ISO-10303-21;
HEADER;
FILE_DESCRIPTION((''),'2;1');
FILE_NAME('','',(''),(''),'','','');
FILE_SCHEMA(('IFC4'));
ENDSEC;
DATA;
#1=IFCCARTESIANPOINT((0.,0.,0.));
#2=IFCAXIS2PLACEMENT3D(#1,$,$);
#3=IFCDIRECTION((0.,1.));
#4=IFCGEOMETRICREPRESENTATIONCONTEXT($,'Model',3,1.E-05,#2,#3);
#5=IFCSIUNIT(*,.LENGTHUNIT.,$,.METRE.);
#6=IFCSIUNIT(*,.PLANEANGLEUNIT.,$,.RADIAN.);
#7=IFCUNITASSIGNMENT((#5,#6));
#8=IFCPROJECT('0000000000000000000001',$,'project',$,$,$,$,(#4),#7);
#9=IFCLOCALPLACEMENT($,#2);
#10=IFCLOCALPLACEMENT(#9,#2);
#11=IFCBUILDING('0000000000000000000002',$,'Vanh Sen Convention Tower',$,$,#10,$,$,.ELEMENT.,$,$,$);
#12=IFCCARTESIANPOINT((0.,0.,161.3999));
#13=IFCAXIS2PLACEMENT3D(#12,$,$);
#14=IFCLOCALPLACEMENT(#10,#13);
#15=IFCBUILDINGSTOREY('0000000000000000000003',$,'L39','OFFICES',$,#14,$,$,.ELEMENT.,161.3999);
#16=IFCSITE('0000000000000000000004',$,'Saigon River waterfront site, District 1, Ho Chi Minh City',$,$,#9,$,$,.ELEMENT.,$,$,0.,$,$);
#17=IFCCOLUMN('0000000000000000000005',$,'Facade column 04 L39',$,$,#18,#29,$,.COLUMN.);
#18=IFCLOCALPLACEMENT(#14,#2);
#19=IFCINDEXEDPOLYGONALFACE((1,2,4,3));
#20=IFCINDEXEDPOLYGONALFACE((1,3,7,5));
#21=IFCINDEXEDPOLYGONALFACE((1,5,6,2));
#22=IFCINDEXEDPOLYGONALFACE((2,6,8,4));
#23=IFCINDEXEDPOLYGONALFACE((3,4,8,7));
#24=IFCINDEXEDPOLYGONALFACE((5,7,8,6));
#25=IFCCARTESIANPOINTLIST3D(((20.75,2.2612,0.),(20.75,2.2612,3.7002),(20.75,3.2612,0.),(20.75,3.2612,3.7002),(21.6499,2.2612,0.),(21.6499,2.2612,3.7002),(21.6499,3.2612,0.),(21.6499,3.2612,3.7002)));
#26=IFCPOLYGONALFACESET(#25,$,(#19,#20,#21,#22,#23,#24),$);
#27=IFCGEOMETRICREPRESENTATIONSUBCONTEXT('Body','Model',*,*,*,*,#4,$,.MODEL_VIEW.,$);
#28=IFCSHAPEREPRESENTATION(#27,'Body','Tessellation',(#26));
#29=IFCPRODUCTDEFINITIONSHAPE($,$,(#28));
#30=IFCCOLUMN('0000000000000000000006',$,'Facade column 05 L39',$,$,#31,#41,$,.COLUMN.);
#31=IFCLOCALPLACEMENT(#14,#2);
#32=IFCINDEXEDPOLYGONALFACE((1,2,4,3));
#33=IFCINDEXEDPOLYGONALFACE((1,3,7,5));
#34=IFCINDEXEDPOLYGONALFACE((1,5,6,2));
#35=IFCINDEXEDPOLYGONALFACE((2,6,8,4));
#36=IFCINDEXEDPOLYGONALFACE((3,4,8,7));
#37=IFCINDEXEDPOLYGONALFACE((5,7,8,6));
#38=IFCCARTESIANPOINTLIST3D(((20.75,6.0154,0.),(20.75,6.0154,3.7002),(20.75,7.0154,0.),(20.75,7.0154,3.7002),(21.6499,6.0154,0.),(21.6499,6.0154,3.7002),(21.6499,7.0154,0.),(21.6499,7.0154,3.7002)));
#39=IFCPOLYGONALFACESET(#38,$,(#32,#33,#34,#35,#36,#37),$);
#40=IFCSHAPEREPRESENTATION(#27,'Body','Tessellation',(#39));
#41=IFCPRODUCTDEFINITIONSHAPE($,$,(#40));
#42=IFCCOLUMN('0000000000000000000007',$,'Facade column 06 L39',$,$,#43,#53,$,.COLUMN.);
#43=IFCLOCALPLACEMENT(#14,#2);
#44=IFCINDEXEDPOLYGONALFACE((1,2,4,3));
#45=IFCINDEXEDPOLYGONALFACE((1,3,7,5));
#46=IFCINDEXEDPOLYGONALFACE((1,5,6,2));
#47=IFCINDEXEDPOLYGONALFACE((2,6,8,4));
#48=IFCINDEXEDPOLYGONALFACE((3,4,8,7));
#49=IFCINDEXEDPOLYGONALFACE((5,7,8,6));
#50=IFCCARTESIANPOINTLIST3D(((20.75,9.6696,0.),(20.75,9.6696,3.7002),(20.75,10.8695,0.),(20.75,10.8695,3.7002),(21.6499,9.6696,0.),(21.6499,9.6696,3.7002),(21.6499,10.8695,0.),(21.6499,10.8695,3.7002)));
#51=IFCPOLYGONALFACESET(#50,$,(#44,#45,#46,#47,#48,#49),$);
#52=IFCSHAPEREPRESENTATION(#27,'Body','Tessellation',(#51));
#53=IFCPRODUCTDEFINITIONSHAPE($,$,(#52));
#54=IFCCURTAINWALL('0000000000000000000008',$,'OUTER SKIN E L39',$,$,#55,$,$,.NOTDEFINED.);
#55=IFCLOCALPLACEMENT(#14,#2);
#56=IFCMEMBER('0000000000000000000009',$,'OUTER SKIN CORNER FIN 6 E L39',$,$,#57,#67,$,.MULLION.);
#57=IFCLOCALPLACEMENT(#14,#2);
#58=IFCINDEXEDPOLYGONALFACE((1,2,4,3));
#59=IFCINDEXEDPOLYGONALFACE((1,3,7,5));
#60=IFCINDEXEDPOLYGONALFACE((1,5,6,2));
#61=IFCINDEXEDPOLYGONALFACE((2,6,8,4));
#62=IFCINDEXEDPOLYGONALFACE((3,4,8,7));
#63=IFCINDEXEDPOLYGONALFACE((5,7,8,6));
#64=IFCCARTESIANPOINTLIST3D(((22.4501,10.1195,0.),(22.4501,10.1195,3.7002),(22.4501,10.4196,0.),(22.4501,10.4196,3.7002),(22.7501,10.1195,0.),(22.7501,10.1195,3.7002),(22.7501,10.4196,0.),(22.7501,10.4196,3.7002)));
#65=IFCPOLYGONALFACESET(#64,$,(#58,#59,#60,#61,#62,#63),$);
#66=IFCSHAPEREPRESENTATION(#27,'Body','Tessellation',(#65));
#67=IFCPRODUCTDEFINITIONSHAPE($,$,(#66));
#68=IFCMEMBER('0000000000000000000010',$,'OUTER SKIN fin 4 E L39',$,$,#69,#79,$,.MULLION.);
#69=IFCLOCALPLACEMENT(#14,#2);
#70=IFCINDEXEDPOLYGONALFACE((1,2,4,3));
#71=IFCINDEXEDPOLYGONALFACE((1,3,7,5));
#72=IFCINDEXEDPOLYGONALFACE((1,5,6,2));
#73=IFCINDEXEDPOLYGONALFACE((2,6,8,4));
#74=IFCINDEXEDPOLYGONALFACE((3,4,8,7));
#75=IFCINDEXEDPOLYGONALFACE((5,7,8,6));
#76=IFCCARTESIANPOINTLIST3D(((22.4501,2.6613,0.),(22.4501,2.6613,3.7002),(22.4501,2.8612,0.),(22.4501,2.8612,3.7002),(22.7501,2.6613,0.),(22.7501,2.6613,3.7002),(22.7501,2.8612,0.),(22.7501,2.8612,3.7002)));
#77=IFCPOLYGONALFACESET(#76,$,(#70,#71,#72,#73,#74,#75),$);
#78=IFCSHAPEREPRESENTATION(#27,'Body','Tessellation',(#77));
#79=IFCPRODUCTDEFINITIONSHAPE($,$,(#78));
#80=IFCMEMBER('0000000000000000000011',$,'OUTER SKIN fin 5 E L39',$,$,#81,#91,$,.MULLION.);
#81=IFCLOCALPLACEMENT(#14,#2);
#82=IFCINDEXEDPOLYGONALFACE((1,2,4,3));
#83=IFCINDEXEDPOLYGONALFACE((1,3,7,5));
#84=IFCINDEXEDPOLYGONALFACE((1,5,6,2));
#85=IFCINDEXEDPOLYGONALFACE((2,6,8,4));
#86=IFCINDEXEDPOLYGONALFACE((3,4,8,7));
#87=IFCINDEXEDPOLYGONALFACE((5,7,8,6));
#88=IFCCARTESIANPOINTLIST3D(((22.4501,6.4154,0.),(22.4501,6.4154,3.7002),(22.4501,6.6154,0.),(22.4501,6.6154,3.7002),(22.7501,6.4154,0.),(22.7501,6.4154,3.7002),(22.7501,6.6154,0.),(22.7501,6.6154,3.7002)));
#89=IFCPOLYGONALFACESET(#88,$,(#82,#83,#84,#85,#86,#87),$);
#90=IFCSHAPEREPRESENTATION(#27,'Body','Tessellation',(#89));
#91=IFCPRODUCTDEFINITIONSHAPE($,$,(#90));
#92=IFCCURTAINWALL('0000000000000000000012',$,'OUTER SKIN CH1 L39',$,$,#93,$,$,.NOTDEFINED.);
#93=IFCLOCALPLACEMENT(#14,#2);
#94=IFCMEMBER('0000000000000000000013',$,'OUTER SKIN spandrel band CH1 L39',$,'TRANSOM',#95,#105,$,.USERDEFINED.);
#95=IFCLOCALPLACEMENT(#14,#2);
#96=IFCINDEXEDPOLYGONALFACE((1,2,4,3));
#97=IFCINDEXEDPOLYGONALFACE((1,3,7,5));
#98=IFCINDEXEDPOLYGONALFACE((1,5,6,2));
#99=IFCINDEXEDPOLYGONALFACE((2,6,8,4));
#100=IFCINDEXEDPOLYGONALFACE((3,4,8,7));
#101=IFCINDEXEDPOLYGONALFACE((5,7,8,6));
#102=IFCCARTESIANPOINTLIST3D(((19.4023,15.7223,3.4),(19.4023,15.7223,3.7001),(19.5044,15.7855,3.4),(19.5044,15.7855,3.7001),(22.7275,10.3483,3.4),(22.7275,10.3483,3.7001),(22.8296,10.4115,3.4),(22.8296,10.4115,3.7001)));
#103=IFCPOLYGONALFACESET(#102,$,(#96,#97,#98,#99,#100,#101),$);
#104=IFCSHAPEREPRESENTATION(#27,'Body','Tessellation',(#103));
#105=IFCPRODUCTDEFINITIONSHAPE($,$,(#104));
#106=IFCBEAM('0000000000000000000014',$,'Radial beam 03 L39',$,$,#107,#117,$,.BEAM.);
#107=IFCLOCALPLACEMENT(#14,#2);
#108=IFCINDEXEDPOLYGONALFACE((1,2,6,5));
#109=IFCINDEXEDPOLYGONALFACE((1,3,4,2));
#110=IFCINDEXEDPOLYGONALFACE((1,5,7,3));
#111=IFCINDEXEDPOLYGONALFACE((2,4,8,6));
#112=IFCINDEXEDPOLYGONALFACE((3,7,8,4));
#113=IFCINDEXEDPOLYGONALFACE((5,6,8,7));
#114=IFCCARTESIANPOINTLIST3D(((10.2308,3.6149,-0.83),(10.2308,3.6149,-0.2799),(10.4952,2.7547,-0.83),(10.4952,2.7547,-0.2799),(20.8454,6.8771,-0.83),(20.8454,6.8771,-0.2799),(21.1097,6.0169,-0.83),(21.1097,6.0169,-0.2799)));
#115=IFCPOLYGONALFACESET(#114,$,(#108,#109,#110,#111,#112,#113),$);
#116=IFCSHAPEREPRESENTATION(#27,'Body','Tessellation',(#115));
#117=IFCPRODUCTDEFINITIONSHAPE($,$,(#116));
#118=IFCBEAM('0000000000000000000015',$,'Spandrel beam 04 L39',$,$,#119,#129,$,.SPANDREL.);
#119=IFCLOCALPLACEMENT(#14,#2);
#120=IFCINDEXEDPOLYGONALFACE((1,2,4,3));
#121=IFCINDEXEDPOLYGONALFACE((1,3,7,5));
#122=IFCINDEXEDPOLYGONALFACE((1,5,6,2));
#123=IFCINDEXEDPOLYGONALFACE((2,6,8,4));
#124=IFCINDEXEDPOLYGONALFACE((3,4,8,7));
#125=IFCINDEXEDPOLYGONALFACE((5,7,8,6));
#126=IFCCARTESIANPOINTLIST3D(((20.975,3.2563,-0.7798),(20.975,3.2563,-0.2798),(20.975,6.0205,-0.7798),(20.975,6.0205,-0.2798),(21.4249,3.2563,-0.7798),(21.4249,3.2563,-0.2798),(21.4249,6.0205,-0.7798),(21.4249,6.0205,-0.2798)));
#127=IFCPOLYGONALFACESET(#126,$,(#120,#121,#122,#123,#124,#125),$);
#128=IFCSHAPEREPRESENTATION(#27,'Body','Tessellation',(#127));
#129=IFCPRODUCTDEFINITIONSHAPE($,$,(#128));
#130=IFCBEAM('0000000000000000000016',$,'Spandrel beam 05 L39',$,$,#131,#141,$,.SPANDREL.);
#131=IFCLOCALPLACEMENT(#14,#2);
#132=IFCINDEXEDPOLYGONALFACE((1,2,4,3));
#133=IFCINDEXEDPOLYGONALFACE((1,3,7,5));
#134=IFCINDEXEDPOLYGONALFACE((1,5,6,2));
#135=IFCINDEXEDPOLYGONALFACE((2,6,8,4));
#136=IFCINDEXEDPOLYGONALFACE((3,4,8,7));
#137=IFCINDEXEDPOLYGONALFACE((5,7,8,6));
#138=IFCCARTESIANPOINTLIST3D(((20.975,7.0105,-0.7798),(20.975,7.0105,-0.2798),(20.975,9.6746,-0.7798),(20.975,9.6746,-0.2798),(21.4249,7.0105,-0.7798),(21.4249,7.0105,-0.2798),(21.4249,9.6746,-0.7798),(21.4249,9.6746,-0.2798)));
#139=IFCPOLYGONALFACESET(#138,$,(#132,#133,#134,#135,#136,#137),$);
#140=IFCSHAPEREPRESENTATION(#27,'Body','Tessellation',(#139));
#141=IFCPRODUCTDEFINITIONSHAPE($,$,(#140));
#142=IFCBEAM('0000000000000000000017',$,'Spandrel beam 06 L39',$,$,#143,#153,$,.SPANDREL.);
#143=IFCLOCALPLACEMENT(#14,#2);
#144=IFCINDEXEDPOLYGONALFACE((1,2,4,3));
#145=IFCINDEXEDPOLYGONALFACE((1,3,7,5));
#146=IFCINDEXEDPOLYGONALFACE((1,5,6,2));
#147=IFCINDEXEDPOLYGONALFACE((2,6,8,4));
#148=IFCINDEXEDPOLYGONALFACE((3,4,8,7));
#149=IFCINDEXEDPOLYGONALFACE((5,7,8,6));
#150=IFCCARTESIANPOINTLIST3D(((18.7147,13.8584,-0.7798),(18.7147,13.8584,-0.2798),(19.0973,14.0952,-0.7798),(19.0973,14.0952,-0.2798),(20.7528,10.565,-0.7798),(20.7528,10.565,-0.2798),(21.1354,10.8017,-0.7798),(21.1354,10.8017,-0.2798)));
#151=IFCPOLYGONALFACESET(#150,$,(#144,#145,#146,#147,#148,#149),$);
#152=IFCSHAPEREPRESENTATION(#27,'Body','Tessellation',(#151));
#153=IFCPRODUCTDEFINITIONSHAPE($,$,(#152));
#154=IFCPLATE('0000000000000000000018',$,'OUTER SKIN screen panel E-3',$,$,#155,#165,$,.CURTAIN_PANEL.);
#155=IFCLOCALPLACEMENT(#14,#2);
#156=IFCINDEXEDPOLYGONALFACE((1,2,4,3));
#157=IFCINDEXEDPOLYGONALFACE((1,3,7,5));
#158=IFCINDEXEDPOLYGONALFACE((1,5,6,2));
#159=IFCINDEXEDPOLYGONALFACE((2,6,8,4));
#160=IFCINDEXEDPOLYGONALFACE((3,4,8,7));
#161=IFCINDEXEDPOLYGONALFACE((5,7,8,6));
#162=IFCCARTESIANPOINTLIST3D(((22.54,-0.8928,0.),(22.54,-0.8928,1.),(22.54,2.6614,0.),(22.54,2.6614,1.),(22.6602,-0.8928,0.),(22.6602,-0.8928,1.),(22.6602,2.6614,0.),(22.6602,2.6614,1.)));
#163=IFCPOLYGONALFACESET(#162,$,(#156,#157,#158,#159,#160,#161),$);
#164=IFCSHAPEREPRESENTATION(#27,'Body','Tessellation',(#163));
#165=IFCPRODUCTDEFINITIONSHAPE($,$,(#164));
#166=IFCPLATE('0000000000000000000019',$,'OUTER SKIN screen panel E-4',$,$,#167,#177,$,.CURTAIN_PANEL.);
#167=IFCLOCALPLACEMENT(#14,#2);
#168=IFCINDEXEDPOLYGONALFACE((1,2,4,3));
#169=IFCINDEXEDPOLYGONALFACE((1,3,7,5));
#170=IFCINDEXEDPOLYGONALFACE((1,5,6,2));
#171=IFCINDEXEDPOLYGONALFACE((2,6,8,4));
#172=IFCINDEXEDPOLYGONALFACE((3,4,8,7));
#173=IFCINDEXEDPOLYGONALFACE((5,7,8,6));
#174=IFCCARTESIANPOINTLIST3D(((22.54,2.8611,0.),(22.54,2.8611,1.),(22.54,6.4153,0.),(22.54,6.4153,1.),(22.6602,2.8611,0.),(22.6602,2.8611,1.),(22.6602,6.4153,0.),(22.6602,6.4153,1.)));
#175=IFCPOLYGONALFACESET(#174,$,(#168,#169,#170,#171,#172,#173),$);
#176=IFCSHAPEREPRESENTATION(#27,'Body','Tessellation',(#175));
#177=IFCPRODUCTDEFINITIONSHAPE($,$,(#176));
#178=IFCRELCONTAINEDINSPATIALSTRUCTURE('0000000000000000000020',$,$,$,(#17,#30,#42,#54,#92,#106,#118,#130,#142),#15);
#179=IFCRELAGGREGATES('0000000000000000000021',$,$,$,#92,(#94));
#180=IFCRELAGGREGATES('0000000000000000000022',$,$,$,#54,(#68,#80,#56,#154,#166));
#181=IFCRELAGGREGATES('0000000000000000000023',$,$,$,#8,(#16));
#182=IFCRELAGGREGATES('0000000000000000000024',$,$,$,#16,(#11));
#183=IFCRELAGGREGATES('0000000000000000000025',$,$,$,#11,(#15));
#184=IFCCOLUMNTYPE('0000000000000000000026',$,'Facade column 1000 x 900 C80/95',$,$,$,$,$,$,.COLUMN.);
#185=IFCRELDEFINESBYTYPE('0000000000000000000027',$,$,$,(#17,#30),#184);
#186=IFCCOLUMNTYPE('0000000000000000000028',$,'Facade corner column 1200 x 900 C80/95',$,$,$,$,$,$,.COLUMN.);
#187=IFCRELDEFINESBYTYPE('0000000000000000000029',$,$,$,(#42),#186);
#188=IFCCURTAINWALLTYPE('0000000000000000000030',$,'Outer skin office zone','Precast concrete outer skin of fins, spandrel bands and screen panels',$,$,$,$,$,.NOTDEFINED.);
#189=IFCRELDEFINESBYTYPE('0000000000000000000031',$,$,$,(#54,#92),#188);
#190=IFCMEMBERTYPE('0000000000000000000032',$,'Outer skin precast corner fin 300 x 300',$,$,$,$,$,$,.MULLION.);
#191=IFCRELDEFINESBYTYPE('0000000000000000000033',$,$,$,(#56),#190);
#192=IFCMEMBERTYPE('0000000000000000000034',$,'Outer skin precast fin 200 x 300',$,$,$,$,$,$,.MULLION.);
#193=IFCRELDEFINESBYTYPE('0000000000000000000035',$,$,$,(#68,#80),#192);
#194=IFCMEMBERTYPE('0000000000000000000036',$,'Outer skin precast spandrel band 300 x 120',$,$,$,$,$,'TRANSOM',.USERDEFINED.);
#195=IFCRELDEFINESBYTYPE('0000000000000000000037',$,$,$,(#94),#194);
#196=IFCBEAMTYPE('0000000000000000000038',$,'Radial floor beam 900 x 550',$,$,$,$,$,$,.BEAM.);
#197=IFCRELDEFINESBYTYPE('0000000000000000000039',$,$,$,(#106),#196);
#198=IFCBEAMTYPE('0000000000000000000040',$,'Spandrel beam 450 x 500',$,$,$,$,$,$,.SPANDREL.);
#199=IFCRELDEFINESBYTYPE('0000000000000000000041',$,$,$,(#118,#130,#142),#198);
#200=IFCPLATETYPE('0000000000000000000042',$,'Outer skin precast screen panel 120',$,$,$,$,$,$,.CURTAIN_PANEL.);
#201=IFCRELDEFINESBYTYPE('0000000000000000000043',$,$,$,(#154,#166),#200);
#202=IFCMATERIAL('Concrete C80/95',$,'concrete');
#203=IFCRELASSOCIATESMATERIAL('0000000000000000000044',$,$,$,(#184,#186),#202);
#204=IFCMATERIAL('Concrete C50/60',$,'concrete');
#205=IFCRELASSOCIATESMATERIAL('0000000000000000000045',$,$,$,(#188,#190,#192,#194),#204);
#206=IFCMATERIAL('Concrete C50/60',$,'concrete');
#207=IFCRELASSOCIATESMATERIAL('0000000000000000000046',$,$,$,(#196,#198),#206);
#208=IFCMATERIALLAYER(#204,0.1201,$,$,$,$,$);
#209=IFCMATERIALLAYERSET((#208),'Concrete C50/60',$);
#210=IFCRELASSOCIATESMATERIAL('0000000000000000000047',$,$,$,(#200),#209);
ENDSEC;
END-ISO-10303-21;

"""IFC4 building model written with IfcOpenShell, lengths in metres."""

from ifc_helpers import new_model, si_unit, direction, frame, origin, origin_2d, place, context, subcontext, project, spatial, rectangle, extrude, material, layer, layer_set, material_profile, profile_set, type_object, element, aggregate, save


model = new_model("IFC4")

# Units and contexts
model_context = context("Model", 3, precision=1e-05, world=origin(), true_north=direction((0.0, 1.0)))
body_context = subcontext(model_context, "Body", "Model", "MODEL_VIEW")
ifc_project = project(units=[si_unit("LENGTHUNIT", "METRE"), si_unit("PLANEANGLEUNIT", "RADIAN")], contexts=[model_context])

# Site, building, storey
site_placement = place(None, origin())
site = spatial("IfcSite", under=ifc_project, at=site_placement, Name="Saigon River waterfront site, District 1, Ho Chi Minh City", CompositionType="ELEMENT", RefElevation=0.0)
building_placement = place(site_placement, origin())
building = spatial("IfcBuilding", under=site, at=building_placement, Name="Vanh Sen Convention Tower", CompositionType="ELEMENT")
storey_placement = place(building_placement, frame((0.0, 0.0, 161.3999)))
storey = spatial("IfcBuildingStorey", under=building, at=storey_placement, Name="L39", Description="OFFICES", CompositionType="ELEMENT", Elevation=161.3999)

# Columns
ifc_material_1 = material(Name="Concrete C80/95", Category="concrete")
ifc_material_profile_1 = material_profile(ifc_material_1, rectangle(XDim=1.0, YDim=0.8999, at=origin_2d()), Name="RC 1000X900")
ifc_profile_set_1 = profile_set([ifc_material_profile_1], Name="Concrete C80/95")
column_type_1 = type_object("IfcColumnType", Name="Facade column 1000 x 900 C80/95", PredefinedType="COLUMN", material=ifc_profile_set_1)
for number, where, z_axis, x_axis, name in (
    (1, (21.2, 2.7612, 0.0), (0.0, 0.0, 1.0), (0.0, 1.0, 0.0), "Facade column 04 L39"),
    (2, (21.2, 6.5154, 0.0), (0.0, 0.0, 1.0), (0.0, 1.0, 0.0), "Facade column 05 L39"),
):
    element("IfcColumn", number, at=place(storey_placement, frame(where, z_axis=z_axis, x_axis=x_axis)), inside=storey, type_object=column_type_1, Name=name, PredefinedType="COLUMN", context=body_context, shape_type="SweptSolid", body=[
        extrude(rectangle(XDim=1.0, YDim=0.8999, at=origin_2d()), origin(), (0.0, 0.0, 1.0), 3.7002),
    ])
ifc_material_profile_2 = material_profile(ifc_material_1, rectangle(XDim=1.2, YDim=0.8999, at=origin_2d()), Name="RC 1200X900")
ifc_profile_set_2 = profile_set([ifc_material_profile_2], Name="Concrete C80/95")
column_type_2 = type_object("IfcColumnType", Name="Facade corner column 1200 x 900 C80/95", PredefinedType="COLUMN", material=ifc_profile_set_2)
column_placement = place(storey_placement, frame((21.2, 10.2695, 0.0), z_axis=(0.0, 0.0, 1.0), x_axis=(0.0, 1.0, 0.0)))
element("IfcColumn", 3, at=column_placement, inside=storey, type_object=column_type_2, Name="Facade column 06 L39", PredefinedType="COLUMN", context=body_context, shape_type="SweptSolid", body=[
    extrude(rectangle(XDim=1.2, YDim=0.8999, at=origin_2d()), origin(), (0.0, 0.0, 1.0), 3.7002),
])

# Curtain wall, members
ifc_material_2 = material(Name="Concrete C50/60", Category="concrete")
curtain_wall_type = type_object("IfcCurtainWallType", Name="Outer skin office zone", Description="Precast concrete outer skin of fins, spandrel bands and screen panels", PredefinedType="NOTDEFINED", material=ifc_material_2)
curtain_wall_1_placement = place(storey_placement, origin())
curtain_wall_1 = element("IfcCurtainWall", 4, at=curtain_wall_1_placement, inside=storey, type_object=curtain_wall_type, Name="OUTER SKIN E L39", PredefinedType="NOTDEFINED")
ifc_material_profile_3 = material_profile(ifc_material_2, rectangle(XDim=0.3, YDim=0.3, at=origin_2d()), Name="Outer skin precast corner fin 300 x 300")
ifc_profile_set_3 = profile_set([ifc_material_profile_3], Name="Concrete C50/60")
member_type_1 = type_object("IfcMemberType", Name="Outer skin precast corner fin 300 x 300", PredefinedType="MULLION", material=ifc_profile_set_3)
member_1_placement = place(storey_placement, frame((22.6001, 10.2695, 0.0), z_axis=(0.0, 0.0, 1.0), x_axis=(0.0, 1.0, 0.0)))
member_1 = element("IfcMember", 5, at=member_1_placement, type_object=member_type_1, Name="OUTER SKIN CORNER FIN 6 E L39", PredefinedType="MULLION", context=body_context, shape_type="SweptSolid", body=[
    extrude(rectangle(XDim=0.3, YDim=0.3, at=origin_2d()), origin(), (0.0, 0.0, 1.0), 3.7002),
])
ifc_material_profile_4 = material_profile(ifc_material_2, rectangle(XDim=0.2, YDim=0.3, at=origin_2d()), Name="Outer skin precast fin 200 x 300")
ifc_profile_set_4 = profile_set([ifc_material_profile_4], Name="Concrete C50/60")
member_type_2 = type_object("IfcMemberType", Name="Outer skin precast fin 200 x 300", PredefinedType="MULLION", material=ifc_profile_set_4)
member_2_placement = place(storey_placement, frame((22.6001, 2.7612, 0.0), z_axis=(0.0, 0.0, 1.0), x_axis=(0.0, 1.0, 0.0)))
member_2 = element("IfcMember", 6, at=member_2_placement, type_object=member_type_2, Name="OUTER SKIN fin 4 E L39", PredefinedType="MULLION", context=body_context, shape_type="SweptSolid", body=[
    extrude(rectangle(XDim=0.2, YDim=0.3, at=origin_2d()), origin(), (0.0, 0.0, 1.0), 3.7002),
])
member_3_placement = place(storey_placement, frame((22.6001, 6.5154, 0.0), z_axis=(0.0, 0.0, 1.0), x_axis=(0.0, 1.0, 0.0)))
member_3 = element("IfcMember", 7, at=member_3_placement, type_object=member_type_2, Name="OUTER SKIN fin 5 E L39", PredefinedType="MULLION", context=body_context, shape_type="SweptSolid", body=[
    extrude(rectangle(XDim=0.2, YDim=0.3, at=origin_2d()), origin(), (0.0, 0.0, 1.0), 3.7002),
])

# Curtain wall, member
curtain_wall_2_placement = place(storey_placement, origin())
curtain_wall_2 = element("IfcCurtainWall", 8, at=curtain_wall_2_placement, inside=storey, type_object=curtain_wall_type, Name="OUTER SKIN CH1 L39", PredefinedType="NOTDEFINED")
ifc_material_profile_5 = material_profile(ifc_material_2, rectangle(XDim=0.1201, YDim=0.3, at=origin_2d()), Name="Outer skin precast spandrel band 300 x 120")
ifc_profile_set_5 = profile_set([ifc_material_profile_5], Name="Concrete C50/60")
member_type_3 = type_object("IfcMemberType", Name="Outer skin precast spandrel band 300 x 120", ElementType="TRANSOM", PredefinedType="USERDEFINED", material=ifc_profile_set_5)
member_4_placement = place(storey_placement, frame((22.7786, 10.3799, 3.55), z_axis=(-0.526174, 0.850377, 0.0), x_axis=(-0.850377, -0.526174, 0.0)))
member_4 = element("IfcMember", 9, at=member_4_placement, type_object=member_type_3, Name="OUTER SKIN spandrel band CH1 L39", ObjectType="TRANSOM", PredefinedType="USERDEFINED", context=body_context, shape_type="SweptSolid", body=[
    extrude(rectangle(XDim=0.1201, YDim=0.3, at=origin_2d()), origin(), (0.0, 0.0, 1.0), 6.3196),
])
aggregate(curtain_wall_2, [member_4])

# Beams
ifc_material_3 = material(Name="Concrete C50/60", Category="concrete")
ifc_material_profile_6 = material_profile(ifc_material_3, rectangle(XDim=0.8999, YDim=0.55, at=origin_2d()), Name="RC 900X550")
ifc_profile_set_6 = profile_set([ifc_material_profile_6], Name="Concrete C50/60")
beam_type_1 = type_object("IfcBeamType", Name="Radial floor beam 900 x 550", PredefinedType="BEAM", material=ifc_profile_set_6)
beam_1_placement = place(storey_placement, frame((20.9775, 6.447, -0.5549), z_axis=(-0.955875, -0.293774, 0.0), x_axis=(0.293774, -0.955875, 0.0)))
element("IfcBeam", 10, at=beam_1_placement, inside=storey, type_object=beam_type_1, Name="Radial beam 03 L39", PredefinedType="BEAM", context=body_context, shape_type="SweptSolid", body=[
    extrude(rectangle(XDim=0.8999, YDim=0.55, at=origin_2d()), origin(), (0.0, 0.0, 1.0), 11.1045),
])
ifc_material_profile_7 = material_profile(ifc_material_3, rectangle(XDim=0.45, YDim=0.5, at=origin_2d()), Name="RC 450X500")
ifc_profile_set_7 = profile_set([ifc_material_profile_7], Name="Concrete C50/60")
beam_type_2 = type_object("IfcBeamType", Name="Spandrel beam 450 x 500", PredefinedType="SPANDREL", material=ifc_profile_set_7)
beam_2_placement = place(storey_placement, frame((21.2, 3.2563, -0.5298), z_axis=(0.0, 1.0, 0.0), x_axis=(-1.0, 0.0, 0.0)))
element("IfcBeam", 11, at=beam_2_placement, inside=storey, type_object=beam_type_2, Name="Spandrel beam 04 L39", PredefinedType="SPANDREL", context=body_context, shape_type="SweptSolid", body=[
    extrude(rectangle(XDim=0.45, YDim=0.5, at=origin_2d()), origin(), (0.0, 0.0, 1.0), 2.7642),
])
beam_3_placement = place(storey_placement, frame((21.2, 7.0105, -0.5298), z_axis=(0.0, 1.0, 0.0), x_axis=(-1.0, 0.0, 0.0)))
element("IfcBeam", 12, at=beam_3_placement, inside=storey, type_object=beam_type_2, Name="Spandrel beam 05 L39", PredefinedType="SPANDREL", context=body_context, shape_type="SweptSolid", body=[
    extrude(rectangle(XDim=0.45, YDim=0.5, at=origin_2d()), origin(), (0.0, 0.0, 1.0), 2.6641),
])
beam_4_placement = place(storey_placement, frame((20.9441, 10.6833, -0.5298), z_axis=(-0.52622, 0.850348, 0.0), x_axis=(-0.850348, -0.52622, 0.0)))
element("IfcBeam", 13, at=beam_4_placement, inside=storey, type_object=beam_type_2, Name="Spandrel beam 06 L39", PredefinedType="SPANDREL", context=body_context, shape_type="SweptSolid", body=[
    extrude(rectangle(XDim=0.45, YDim=0.5, at=origin_2d()), origin(), (0.0, 0.0, 1.0), 3.873),
])

# Plates
ifc_layer_1 = layer(ifc_material_2, 0.1201)
ifc_layer_set_1 = layer_set([ifc_layer_1], Name="Concrete C50/60")
plate_type = type_object("IfcPlateType", Name="Outer skin precast screen panel 120", PredefinedType="CURTAIN_PANEL", material=ifc_layer_set_1)
plate_1_placement = place(storey_placement, frame((22.6001, 0.8843, 0.0), z_axis=(0.0, 0.0, 1.0), x_axis=(0.0, 1.0, 0.0)))
plate_1 = element("IfcPlate", 14, at=plate_1_placement, type_object=plate_type, Name="OUTER SKIN screen panel E-3", PredefinedType="CURTAIN_PANEL", context=body_context, shape_type="SweptSolid", body=[
    extrude(rectangle(XDim=3.5542, YDim=0.1201, at=origin_2d()), origin(), (0.0, 0.0, 1.0), 1.0),
])
plate_2_placement = place(storey_placement, frame((22.6001, 4.6382, 0.0), z_axis=(0.0, 0.0, 1.0), x_axis=(0.0, 1.0, 0.0)))
plate_2 = element("IfcPlate", 15, at=plate_2_placement, type_object=plate_type, Name="OUTER SKIN screen panel E-4", PredefinedType="CURTAIN_PANEL", context=body_context, shape_type="SweptSolid", body=[
    extrude(rectangle(XDim=3.5542, YDim=0.1201, at=origin_2d()), origin(), (0.0, 0.0, 1.0), 1.0),
])
aggregate(curtain_wall_1, [member_2, member_3, member_1, plate_1, plate_2])

save(model, "model.ifc")
